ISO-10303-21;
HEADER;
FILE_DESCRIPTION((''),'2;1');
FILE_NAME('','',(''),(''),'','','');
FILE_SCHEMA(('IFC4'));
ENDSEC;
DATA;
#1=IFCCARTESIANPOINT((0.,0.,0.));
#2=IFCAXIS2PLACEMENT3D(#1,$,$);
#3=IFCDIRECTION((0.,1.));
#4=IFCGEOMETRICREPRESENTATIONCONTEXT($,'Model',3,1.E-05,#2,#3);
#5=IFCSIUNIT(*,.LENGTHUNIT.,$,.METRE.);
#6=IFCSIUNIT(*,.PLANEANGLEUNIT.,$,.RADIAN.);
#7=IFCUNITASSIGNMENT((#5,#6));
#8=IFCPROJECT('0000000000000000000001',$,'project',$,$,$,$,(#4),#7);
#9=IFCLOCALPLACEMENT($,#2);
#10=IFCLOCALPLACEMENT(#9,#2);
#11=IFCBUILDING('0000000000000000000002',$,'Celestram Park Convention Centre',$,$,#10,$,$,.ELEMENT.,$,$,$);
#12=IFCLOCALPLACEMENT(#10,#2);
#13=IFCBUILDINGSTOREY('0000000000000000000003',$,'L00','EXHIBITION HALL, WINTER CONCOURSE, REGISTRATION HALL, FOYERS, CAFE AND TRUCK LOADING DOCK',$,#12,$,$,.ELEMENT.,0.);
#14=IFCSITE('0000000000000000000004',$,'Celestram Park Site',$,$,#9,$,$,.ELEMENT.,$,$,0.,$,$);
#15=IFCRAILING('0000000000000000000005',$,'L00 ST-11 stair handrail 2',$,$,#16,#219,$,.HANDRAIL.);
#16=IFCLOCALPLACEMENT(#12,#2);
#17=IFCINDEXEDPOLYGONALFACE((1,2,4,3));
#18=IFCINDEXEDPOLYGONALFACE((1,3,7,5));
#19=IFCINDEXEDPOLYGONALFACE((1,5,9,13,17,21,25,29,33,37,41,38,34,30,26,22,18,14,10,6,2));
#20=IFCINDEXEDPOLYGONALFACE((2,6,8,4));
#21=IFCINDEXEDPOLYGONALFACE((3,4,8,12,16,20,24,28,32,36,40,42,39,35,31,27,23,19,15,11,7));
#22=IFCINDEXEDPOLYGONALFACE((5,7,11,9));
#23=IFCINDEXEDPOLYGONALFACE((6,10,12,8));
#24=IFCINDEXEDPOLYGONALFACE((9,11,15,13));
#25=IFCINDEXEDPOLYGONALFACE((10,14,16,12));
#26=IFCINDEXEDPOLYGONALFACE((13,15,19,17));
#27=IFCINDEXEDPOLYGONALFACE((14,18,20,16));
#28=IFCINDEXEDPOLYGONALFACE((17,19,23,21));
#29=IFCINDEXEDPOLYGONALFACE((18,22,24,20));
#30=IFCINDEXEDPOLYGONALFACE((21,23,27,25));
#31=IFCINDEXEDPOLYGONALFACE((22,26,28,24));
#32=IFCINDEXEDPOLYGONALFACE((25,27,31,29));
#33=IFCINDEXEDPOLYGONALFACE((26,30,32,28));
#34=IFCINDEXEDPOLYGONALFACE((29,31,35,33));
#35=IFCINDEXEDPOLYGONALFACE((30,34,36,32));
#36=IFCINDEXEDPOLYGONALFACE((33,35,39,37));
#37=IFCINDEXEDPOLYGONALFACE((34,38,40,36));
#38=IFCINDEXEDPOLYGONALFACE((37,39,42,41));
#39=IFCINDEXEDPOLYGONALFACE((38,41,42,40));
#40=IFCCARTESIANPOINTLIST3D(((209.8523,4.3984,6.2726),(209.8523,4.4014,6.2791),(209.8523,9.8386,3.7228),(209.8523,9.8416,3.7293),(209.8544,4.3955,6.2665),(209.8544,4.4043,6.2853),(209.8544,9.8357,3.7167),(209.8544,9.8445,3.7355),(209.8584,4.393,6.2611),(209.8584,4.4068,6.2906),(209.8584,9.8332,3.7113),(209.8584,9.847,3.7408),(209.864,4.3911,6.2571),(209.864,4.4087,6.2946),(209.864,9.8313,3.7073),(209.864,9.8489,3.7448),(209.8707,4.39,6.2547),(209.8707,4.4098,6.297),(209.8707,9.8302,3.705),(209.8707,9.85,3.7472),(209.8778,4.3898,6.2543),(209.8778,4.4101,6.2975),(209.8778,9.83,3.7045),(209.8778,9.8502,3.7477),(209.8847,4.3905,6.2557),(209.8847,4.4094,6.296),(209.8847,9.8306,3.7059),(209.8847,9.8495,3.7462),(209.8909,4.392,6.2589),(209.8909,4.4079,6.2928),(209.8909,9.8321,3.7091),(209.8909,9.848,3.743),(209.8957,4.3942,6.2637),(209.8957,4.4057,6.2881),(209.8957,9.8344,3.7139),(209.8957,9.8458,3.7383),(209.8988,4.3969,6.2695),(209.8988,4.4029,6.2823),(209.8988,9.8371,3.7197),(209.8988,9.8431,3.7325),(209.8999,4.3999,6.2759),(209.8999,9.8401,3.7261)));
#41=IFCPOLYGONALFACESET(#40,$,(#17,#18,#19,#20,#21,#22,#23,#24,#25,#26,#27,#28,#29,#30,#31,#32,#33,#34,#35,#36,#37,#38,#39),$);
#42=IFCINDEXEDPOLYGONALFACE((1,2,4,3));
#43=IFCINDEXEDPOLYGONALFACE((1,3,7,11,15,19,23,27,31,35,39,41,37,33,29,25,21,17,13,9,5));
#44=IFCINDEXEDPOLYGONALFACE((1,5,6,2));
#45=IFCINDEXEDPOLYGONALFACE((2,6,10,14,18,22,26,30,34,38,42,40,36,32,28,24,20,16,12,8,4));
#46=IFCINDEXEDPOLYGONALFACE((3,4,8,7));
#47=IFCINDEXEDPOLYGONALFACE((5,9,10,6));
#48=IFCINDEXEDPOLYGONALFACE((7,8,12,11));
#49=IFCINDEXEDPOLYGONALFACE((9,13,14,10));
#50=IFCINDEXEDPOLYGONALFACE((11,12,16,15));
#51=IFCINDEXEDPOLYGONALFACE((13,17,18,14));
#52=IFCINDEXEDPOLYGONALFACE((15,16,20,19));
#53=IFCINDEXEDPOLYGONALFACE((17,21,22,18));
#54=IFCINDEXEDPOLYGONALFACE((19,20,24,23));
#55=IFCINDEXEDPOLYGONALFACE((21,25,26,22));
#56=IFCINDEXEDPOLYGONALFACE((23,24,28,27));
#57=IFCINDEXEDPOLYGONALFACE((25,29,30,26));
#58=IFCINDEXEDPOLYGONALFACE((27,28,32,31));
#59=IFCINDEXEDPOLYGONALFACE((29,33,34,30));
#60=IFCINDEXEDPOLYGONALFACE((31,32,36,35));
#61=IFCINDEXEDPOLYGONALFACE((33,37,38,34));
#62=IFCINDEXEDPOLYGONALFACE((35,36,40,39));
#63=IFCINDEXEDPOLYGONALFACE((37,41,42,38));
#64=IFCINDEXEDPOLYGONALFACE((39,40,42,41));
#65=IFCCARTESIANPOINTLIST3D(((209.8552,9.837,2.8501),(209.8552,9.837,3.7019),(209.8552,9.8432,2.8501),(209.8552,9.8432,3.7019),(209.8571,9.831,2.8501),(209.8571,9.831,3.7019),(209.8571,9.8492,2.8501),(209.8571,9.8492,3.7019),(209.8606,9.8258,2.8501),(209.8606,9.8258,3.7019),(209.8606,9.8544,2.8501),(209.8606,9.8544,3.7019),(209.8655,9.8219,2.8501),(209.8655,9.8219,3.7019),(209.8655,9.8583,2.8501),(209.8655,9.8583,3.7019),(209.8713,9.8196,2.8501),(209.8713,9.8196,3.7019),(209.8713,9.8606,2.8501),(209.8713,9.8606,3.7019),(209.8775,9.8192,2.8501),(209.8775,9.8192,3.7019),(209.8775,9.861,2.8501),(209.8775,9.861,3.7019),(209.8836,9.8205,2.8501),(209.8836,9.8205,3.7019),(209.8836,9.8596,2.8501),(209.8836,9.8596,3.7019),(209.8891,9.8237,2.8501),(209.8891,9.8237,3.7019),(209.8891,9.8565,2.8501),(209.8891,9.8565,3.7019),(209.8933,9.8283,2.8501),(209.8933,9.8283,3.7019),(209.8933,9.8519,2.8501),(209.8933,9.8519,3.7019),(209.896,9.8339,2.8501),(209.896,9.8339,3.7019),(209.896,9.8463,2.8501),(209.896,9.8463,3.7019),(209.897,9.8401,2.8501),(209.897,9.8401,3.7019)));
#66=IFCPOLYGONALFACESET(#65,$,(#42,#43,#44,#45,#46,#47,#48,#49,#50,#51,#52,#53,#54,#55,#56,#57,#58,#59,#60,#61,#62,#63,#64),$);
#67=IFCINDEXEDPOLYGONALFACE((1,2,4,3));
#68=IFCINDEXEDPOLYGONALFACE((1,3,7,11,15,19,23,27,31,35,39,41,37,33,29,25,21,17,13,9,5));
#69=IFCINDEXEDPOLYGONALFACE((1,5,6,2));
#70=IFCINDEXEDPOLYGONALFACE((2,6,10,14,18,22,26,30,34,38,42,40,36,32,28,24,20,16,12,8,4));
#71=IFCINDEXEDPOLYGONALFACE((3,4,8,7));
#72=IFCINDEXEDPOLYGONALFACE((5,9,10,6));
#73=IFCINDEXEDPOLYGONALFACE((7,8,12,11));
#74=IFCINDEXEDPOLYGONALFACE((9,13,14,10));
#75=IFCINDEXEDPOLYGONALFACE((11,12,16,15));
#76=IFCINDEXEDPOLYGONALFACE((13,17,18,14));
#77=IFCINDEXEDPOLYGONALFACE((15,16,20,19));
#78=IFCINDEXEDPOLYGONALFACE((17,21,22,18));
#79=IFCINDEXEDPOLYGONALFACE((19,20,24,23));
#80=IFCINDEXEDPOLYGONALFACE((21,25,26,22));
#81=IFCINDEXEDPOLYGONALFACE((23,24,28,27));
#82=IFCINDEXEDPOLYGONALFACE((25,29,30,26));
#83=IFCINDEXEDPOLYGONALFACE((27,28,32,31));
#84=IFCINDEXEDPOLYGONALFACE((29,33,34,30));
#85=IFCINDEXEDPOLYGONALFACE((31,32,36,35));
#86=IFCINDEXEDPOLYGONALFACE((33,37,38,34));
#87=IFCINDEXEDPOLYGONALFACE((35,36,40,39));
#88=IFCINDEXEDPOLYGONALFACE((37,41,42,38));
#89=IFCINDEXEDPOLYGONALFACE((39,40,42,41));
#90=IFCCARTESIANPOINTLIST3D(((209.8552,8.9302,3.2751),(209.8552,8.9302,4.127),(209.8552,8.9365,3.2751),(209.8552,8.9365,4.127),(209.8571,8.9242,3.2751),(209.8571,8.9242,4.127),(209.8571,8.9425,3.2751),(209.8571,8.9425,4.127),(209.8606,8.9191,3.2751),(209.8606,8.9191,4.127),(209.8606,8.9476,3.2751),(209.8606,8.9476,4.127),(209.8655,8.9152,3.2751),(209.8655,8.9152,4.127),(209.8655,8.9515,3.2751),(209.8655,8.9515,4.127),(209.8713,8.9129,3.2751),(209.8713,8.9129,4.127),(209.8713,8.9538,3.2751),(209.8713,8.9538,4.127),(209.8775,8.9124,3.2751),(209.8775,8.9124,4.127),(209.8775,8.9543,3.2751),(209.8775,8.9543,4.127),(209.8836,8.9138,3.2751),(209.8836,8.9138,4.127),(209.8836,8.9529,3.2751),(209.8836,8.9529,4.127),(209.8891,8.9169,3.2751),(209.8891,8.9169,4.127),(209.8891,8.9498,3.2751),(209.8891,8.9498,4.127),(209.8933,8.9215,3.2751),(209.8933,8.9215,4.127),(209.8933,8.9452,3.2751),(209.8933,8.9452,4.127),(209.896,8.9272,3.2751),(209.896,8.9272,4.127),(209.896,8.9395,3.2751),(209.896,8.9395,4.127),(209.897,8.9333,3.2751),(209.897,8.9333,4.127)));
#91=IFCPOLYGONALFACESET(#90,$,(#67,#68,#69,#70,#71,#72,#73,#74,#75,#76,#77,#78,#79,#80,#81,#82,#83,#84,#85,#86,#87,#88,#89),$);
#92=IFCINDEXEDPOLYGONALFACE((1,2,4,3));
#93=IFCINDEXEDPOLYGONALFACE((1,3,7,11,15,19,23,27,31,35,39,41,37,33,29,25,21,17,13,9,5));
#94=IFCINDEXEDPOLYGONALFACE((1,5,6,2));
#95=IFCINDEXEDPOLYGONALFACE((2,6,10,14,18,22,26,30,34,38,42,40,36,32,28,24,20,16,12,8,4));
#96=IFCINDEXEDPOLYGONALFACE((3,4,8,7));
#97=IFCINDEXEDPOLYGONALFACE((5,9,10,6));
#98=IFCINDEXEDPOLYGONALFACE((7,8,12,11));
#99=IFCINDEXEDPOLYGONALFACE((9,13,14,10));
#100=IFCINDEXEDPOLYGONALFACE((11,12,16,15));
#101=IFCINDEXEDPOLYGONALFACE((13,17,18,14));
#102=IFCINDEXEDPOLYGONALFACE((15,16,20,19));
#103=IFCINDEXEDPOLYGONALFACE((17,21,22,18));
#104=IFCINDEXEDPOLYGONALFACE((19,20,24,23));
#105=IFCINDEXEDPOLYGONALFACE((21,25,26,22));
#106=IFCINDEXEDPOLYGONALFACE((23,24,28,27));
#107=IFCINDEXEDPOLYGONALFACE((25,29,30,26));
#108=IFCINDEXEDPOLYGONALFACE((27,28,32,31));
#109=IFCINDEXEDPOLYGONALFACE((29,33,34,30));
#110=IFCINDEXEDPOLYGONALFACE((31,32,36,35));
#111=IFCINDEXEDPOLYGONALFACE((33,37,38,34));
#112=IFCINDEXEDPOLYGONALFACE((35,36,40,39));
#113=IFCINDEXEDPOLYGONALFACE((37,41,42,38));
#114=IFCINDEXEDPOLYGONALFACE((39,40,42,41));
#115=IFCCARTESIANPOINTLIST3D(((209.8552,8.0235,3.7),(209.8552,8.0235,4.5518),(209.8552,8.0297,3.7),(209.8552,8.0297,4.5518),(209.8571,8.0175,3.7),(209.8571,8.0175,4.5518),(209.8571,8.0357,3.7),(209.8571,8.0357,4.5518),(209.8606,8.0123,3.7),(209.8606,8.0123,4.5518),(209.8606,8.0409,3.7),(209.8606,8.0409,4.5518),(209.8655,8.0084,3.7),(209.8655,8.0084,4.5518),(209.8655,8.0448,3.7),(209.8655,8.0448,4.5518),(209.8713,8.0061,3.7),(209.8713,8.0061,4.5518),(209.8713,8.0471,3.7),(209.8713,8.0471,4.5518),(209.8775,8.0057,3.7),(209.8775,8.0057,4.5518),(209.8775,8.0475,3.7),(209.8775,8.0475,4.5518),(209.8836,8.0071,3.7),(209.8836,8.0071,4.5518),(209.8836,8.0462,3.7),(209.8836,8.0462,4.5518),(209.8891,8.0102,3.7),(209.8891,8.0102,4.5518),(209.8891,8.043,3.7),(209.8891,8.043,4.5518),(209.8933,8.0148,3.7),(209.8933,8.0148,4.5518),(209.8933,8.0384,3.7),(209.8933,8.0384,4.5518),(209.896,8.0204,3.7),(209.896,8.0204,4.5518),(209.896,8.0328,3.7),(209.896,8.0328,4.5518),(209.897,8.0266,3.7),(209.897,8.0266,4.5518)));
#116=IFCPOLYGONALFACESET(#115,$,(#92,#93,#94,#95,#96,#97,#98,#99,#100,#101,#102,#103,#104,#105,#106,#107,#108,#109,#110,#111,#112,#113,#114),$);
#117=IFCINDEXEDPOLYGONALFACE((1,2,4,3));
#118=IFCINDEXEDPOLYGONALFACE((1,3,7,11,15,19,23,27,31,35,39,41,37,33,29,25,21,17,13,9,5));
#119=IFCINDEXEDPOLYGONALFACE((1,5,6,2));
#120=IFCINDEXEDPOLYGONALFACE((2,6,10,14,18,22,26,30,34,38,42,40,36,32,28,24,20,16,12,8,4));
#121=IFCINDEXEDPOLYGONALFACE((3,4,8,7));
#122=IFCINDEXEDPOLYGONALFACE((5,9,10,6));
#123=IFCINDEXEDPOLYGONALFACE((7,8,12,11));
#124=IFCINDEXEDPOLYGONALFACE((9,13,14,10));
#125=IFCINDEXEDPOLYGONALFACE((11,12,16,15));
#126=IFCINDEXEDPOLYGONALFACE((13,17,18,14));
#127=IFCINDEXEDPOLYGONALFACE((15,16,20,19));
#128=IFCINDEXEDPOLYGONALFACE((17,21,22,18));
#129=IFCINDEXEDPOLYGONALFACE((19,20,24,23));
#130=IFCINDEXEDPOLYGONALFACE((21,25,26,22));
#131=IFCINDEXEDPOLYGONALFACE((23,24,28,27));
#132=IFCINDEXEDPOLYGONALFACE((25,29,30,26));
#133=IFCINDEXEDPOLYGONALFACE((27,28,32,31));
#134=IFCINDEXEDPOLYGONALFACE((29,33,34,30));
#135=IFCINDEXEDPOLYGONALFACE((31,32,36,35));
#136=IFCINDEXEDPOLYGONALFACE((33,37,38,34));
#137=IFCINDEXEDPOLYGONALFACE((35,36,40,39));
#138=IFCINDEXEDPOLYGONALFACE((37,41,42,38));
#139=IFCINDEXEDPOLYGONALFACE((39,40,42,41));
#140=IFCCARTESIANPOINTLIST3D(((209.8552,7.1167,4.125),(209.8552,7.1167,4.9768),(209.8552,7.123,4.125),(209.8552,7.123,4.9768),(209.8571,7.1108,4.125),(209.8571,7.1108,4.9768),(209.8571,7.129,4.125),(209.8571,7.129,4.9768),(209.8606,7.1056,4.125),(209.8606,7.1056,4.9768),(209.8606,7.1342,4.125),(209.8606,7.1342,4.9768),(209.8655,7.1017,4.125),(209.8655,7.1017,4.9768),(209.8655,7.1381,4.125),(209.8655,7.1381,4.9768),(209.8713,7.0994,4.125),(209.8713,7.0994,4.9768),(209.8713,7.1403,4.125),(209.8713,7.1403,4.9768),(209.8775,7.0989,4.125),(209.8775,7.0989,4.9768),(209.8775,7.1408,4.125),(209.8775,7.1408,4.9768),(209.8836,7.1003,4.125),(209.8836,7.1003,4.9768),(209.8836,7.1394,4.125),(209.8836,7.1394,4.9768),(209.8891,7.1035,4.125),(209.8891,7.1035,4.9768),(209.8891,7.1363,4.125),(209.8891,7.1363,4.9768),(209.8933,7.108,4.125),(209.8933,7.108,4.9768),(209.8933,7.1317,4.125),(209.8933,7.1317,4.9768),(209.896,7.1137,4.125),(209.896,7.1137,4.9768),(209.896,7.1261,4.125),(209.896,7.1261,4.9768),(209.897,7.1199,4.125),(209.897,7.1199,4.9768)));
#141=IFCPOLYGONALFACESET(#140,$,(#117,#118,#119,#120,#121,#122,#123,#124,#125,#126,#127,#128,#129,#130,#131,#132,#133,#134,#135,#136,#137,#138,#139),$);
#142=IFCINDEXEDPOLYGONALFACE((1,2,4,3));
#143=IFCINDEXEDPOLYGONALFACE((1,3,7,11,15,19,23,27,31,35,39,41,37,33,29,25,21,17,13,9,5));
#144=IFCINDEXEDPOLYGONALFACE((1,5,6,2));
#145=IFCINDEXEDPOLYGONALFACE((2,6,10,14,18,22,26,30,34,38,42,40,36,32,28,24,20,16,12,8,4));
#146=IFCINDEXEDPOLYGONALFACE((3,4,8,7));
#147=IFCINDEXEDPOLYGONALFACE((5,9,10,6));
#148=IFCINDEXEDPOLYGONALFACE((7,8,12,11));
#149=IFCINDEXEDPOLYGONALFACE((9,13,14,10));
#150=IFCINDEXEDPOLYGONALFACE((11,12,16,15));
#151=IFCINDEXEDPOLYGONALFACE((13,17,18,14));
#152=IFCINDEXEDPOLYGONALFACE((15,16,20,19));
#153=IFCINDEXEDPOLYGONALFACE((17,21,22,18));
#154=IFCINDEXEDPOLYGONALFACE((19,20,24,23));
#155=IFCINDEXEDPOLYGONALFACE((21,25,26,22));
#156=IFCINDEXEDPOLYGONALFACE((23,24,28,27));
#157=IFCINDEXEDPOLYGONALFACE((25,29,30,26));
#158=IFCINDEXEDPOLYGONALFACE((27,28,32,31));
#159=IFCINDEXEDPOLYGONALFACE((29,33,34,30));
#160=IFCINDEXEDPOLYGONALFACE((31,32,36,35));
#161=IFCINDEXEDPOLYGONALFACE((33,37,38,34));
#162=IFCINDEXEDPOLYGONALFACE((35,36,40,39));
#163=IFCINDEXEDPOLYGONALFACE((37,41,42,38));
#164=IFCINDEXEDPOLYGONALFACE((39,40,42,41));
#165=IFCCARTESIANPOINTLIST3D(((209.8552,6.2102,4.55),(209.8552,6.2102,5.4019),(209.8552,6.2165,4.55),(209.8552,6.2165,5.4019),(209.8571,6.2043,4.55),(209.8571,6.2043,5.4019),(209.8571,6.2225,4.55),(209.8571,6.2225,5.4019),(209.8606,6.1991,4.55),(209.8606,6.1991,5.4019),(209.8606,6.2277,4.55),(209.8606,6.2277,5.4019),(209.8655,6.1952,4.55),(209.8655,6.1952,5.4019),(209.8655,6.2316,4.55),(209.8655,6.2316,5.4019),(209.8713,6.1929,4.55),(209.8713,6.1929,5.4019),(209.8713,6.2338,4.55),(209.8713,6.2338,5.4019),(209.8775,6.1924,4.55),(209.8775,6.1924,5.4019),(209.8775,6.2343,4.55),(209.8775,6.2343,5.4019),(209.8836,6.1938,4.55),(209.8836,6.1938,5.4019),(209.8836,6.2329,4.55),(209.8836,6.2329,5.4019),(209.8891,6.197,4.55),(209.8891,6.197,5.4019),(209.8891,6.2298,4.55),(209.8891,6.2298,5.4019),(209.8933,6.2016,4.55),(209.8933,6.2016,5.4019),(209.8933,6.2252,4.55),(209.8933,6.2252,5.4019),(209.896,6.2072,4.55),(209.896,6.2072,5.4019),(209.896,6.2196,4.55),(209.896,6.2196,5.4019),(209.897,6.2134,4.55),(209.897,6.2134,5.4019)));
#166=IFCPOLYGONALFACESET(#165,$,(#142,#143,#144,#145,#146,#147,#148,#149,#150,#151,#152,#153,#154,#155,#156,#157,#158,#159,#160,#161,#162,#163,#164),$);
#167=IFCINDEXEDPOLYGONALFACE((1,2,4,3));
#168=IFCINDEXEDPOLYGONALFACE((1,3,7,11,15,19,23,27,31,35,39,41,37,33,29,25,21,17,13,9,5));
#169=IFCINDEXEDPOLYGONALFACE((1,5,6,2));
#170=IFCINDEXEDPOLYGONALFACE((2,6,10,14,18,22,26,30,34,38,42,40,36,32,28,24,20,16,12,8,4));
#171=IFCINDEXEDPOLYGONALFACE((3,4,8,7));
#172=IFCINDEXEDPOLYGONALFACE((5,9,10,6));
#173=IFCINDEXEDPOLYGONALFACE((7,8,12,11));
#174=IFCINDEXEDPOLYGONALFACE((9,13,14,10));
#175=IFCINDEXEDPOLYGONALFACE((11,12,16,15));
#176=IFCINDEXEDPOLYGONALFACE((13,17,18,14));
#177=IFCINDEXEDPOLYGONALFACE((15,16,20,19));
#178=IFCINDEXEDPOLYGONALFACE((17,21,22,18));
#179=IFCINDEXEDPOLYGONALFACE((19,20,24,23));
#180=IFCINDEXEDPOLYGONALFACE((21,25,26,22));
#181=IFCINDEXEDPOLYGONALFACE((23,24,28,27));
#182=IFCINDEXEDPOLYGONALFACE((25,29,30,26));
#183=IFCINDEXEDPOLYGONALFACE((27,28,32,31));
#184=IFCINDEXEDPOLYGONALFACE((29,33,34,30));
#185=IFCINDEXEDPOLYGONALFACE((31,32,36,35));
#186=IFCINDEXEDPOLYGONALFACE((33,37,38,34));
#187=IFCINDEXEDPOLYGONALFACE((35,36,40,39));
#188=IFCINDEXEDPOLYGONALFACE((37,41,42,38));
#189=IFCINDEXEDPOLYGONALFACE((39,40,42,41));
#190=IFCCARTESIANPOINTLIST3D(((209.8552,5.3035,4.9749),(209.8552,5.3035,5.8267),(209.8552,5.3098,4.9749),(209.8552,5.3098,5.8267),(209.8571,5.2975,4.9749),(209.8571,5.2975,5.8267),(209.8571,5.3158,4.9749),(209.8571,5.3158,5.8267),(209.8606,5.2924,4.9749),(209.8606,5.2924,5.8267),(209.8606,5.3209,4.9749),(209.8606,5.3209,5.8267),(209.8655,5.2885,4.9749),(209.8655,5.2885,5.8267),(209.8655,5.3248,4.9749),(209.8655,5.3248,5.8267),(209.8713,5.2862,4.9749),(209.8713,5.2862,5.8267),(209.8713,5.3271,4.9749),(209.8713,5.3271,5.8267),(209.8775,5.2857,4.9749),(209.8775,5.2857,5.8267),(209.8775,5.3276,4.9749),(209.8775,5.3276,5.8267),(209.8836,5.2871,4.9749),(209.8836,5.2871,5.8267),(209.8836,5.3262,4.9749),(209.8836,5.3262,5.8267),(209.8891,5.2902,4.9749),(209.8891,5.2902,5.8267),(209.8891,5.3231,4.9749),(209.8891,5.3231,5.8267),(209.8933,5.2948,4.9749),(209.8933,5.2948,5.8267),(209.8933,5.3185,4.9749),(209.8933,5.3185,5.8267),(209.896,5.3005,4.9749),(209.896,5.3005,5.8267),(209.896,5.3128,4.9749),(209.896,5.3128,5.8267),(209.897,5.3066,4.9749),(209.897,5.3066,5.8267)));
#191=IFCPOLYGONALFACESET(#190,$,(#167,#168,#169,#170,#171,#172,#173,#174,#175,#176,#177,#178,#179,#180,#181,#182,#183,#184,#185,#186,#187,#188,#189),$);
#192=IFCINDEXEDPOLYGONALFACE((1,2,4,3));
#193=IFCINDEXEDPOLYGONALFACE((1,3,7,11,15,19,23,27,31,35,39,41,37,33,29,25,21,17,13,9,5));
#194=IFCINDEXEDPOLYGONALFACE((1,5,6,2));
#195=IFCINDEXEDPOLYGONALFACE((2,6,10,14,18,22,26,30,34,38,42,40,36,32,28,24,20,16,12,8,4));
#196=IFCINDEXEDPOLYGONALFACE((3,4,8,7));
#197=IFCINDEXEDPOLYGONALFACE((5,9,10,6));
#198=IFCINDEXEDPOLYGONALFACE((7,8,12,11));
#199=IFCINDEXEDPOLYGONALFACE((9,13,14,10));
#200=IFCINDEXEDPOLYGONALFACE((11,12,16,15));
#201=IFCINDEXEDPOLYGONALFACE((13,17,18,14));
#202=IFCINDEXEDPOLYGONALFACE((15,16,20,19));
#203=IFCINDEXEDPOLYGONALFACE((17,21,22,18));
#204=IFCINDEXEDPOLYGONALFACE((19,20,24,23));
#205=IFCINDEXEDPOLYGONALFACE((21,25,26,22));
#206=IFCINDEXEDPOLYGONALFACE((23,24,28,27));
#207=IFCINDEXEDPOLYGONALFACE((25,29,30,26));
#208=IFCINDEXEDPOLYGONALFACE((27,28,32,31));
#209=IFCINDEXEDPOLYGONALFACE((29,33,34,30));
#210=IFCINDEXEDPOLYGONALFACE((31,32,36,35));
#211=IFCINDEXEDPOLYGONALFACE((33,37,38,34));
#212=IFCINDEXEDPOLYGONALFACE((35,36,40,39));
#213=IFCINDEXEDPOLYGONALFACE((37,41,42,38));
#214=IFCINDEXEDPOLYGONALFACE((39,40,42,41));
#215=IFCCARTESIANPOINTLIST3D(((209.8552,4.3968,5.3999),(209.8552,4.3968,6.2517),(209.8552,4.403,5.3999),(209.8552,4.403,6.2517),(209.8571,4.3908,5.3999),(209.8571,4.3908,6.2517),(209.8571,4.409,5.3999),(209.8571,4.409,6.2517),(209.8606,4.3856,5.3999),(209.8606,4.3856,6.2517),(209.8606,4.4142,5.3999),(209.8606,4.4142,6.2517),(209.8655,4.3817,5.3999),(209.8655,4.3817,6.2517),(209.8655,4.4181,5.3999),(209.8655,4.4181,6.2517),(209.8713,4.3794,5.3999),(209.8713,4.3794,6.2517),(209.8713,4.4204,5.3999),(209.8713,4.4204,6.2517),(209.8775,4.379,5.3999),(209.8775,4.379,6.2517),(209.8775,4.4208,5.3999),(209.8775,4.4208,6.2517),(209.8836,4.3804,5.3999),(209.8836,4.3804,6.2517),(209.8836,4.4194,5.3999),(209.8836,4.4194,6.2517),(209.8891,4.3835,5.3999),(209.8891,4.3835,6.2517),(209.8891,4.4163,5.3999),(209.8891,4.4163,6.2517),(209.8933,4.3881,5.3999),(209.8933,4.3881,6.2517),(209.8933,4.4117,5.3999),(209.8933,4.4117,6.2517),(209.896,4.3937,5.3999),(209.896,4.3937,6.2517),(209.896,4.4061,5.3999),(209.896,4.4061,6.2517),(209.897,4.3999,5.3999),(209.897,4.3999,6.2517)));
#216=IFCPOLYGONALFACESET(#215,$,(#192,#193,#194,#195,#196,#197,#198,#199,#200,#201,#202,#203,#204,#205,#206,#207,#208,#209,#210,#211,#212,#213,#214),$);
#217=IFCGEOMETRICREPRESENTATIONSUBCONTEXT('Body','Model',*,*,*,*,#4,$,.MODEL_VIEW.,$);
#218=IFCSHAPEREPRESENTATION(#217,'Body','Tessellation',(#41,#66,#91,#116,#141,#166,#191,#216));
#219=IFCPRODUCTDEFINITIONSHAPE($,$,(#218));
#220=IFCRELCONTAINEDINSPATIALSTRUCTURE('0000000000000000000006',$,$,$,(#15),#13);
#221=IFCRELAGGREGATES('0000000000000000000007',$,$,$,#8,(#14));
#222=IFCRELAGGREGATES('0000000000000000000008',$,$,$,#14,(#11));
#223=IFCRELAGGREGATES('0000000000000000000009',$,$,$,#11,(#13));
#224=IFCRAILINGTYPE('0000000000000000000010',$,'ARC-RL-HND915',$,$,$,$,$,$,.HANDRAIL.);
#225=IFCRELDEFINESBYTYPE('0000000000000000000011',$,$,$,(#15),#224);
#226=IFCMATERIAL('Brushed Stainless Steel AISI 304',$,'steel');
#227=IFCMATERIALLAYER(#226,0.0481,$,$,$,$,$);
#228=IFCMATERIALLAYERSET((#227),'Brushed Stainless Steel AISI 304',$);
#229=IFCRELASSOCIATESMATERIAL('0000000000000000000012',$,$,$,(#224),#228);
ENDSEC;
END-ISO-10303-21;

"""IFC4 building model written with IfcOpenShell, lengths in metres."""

from ifc_helpers import new_model, si_unit, direction, frame, origin, origin_2d, place, context, subcontext, project, spatial, circle, extrude, material, layer, layer_set, type_object, element, save


model = new_model("IFC4")

# Units and contexts
model_context = context("Model", 3, precision=1e-05, world=origin(), true_north=direction((0.0, 1.0)))
body_context = subcontext(model_context, "Body", "Model", "MODEL_VIEW")
ifc_project = project(units=[si_unit("LENGTHUNIT", "METRE"), si_unit("PLANEANGLEUNIT", "RADIAN")], contexts=[model_context])

# Site, building, storey
site_placement = place(None, origin())
site = spatial("IfcSite", under=ifc_project, at=site_placement, Name="Celestram Park Site", CompositionType="ELEMENT", RefElevation=0.0)
building_placement = place(site_placement, origin())
building = spatial("IfcBuilding", under=site, at=building_placement, Name="Celestram Park Convention Centre", CompositionType="ELEMENT")
storey_placement = place(building_placement, origin())
storey = spatial("IfcBuildingStorey", under=building, at=storey_placement, Name="L00", Description="EXHIBITION HALL, WINTER CONCOURSE, REGISTRATION HALL, FOYERS, CAFE AND TRUCK LOADING DOCK", CompositionType="ELEMENT", Elevation=0.0)

# Railing
ifc_material_1 = material(Name="Brushed Stainless Steel AISI 304", Category="steel")
ifc_layer_1 = layer(ifc_material_1, 0.0481)
ifc_layer_set_1 = layer_set([ifc_layer_1], Name="Brushed Stainless Steel AISI 304")
railing_type = type_object("IfcRailingType", Name="ARC-RL-HND915", PredefinedType="HANDRAIL", material=ifc_layer_set_1)
railing_placement = place(storey_placement, frame((209.876, 9.8401, 2.8501)))
element("IfcRailing", 1, at=railing_placement, inside=storey, type_object=railing_type, Name="L00 ST-11 stair handrail 2", PredefinedType="HANDRAIL", context=body_context, shape_type="SweptSolid", body=[
    extrude(circle(Radius=0.0239, at=origin_2d()), frame((0.0, 0.0, 0.876), z_axis=(0.0, -0.905477, 0.424395), x_axis=(1.0, 0.0, 0.0)), (0.0, 0.0, 1.0), 6.0081),
    extrude(circle(Radius=0.021, at=origin_2d()), origin(), (0.0, 0.0, 1.0), 0.8518),
    extrude(circle(Radius=0.021, at=origin_2d()), frame((0.0, -0.9067, 0.425)), (0.0, 0.0, 1.0), 0.8518),
    extrude(circle(Radius=0.021, at=origin_2d()), frame((0.0, -1.8135, 0.8499)), (0.0, 0.0, 1.0), 0.8518),
    extrude(circle(Radius=0.021, at=origin_2d()), frame((0.0, -2.7202, 1.2749)), (0.0, 0.0, 1.0), 0.8518),
    extrude(circle(Radius=0.021, at=origin_2d()), frame((0.0, -3.6267, 1.7)), (0.0, 0.0, 1.0), 0.8518),
    extrude(circle(Radius=0.021, at=origin_2d()), frame((0.0, -4.5334, 2.1248)), (0.0, 0.0, 1.0), 0.8518),
    extrude(circle(Radius=0.021, at=origin_2d()), frame((0.0, -5.4402, 2.5498)), (0.0, 0.0, 1.0), 0.8518),
])

save(model, "model.ifc")
